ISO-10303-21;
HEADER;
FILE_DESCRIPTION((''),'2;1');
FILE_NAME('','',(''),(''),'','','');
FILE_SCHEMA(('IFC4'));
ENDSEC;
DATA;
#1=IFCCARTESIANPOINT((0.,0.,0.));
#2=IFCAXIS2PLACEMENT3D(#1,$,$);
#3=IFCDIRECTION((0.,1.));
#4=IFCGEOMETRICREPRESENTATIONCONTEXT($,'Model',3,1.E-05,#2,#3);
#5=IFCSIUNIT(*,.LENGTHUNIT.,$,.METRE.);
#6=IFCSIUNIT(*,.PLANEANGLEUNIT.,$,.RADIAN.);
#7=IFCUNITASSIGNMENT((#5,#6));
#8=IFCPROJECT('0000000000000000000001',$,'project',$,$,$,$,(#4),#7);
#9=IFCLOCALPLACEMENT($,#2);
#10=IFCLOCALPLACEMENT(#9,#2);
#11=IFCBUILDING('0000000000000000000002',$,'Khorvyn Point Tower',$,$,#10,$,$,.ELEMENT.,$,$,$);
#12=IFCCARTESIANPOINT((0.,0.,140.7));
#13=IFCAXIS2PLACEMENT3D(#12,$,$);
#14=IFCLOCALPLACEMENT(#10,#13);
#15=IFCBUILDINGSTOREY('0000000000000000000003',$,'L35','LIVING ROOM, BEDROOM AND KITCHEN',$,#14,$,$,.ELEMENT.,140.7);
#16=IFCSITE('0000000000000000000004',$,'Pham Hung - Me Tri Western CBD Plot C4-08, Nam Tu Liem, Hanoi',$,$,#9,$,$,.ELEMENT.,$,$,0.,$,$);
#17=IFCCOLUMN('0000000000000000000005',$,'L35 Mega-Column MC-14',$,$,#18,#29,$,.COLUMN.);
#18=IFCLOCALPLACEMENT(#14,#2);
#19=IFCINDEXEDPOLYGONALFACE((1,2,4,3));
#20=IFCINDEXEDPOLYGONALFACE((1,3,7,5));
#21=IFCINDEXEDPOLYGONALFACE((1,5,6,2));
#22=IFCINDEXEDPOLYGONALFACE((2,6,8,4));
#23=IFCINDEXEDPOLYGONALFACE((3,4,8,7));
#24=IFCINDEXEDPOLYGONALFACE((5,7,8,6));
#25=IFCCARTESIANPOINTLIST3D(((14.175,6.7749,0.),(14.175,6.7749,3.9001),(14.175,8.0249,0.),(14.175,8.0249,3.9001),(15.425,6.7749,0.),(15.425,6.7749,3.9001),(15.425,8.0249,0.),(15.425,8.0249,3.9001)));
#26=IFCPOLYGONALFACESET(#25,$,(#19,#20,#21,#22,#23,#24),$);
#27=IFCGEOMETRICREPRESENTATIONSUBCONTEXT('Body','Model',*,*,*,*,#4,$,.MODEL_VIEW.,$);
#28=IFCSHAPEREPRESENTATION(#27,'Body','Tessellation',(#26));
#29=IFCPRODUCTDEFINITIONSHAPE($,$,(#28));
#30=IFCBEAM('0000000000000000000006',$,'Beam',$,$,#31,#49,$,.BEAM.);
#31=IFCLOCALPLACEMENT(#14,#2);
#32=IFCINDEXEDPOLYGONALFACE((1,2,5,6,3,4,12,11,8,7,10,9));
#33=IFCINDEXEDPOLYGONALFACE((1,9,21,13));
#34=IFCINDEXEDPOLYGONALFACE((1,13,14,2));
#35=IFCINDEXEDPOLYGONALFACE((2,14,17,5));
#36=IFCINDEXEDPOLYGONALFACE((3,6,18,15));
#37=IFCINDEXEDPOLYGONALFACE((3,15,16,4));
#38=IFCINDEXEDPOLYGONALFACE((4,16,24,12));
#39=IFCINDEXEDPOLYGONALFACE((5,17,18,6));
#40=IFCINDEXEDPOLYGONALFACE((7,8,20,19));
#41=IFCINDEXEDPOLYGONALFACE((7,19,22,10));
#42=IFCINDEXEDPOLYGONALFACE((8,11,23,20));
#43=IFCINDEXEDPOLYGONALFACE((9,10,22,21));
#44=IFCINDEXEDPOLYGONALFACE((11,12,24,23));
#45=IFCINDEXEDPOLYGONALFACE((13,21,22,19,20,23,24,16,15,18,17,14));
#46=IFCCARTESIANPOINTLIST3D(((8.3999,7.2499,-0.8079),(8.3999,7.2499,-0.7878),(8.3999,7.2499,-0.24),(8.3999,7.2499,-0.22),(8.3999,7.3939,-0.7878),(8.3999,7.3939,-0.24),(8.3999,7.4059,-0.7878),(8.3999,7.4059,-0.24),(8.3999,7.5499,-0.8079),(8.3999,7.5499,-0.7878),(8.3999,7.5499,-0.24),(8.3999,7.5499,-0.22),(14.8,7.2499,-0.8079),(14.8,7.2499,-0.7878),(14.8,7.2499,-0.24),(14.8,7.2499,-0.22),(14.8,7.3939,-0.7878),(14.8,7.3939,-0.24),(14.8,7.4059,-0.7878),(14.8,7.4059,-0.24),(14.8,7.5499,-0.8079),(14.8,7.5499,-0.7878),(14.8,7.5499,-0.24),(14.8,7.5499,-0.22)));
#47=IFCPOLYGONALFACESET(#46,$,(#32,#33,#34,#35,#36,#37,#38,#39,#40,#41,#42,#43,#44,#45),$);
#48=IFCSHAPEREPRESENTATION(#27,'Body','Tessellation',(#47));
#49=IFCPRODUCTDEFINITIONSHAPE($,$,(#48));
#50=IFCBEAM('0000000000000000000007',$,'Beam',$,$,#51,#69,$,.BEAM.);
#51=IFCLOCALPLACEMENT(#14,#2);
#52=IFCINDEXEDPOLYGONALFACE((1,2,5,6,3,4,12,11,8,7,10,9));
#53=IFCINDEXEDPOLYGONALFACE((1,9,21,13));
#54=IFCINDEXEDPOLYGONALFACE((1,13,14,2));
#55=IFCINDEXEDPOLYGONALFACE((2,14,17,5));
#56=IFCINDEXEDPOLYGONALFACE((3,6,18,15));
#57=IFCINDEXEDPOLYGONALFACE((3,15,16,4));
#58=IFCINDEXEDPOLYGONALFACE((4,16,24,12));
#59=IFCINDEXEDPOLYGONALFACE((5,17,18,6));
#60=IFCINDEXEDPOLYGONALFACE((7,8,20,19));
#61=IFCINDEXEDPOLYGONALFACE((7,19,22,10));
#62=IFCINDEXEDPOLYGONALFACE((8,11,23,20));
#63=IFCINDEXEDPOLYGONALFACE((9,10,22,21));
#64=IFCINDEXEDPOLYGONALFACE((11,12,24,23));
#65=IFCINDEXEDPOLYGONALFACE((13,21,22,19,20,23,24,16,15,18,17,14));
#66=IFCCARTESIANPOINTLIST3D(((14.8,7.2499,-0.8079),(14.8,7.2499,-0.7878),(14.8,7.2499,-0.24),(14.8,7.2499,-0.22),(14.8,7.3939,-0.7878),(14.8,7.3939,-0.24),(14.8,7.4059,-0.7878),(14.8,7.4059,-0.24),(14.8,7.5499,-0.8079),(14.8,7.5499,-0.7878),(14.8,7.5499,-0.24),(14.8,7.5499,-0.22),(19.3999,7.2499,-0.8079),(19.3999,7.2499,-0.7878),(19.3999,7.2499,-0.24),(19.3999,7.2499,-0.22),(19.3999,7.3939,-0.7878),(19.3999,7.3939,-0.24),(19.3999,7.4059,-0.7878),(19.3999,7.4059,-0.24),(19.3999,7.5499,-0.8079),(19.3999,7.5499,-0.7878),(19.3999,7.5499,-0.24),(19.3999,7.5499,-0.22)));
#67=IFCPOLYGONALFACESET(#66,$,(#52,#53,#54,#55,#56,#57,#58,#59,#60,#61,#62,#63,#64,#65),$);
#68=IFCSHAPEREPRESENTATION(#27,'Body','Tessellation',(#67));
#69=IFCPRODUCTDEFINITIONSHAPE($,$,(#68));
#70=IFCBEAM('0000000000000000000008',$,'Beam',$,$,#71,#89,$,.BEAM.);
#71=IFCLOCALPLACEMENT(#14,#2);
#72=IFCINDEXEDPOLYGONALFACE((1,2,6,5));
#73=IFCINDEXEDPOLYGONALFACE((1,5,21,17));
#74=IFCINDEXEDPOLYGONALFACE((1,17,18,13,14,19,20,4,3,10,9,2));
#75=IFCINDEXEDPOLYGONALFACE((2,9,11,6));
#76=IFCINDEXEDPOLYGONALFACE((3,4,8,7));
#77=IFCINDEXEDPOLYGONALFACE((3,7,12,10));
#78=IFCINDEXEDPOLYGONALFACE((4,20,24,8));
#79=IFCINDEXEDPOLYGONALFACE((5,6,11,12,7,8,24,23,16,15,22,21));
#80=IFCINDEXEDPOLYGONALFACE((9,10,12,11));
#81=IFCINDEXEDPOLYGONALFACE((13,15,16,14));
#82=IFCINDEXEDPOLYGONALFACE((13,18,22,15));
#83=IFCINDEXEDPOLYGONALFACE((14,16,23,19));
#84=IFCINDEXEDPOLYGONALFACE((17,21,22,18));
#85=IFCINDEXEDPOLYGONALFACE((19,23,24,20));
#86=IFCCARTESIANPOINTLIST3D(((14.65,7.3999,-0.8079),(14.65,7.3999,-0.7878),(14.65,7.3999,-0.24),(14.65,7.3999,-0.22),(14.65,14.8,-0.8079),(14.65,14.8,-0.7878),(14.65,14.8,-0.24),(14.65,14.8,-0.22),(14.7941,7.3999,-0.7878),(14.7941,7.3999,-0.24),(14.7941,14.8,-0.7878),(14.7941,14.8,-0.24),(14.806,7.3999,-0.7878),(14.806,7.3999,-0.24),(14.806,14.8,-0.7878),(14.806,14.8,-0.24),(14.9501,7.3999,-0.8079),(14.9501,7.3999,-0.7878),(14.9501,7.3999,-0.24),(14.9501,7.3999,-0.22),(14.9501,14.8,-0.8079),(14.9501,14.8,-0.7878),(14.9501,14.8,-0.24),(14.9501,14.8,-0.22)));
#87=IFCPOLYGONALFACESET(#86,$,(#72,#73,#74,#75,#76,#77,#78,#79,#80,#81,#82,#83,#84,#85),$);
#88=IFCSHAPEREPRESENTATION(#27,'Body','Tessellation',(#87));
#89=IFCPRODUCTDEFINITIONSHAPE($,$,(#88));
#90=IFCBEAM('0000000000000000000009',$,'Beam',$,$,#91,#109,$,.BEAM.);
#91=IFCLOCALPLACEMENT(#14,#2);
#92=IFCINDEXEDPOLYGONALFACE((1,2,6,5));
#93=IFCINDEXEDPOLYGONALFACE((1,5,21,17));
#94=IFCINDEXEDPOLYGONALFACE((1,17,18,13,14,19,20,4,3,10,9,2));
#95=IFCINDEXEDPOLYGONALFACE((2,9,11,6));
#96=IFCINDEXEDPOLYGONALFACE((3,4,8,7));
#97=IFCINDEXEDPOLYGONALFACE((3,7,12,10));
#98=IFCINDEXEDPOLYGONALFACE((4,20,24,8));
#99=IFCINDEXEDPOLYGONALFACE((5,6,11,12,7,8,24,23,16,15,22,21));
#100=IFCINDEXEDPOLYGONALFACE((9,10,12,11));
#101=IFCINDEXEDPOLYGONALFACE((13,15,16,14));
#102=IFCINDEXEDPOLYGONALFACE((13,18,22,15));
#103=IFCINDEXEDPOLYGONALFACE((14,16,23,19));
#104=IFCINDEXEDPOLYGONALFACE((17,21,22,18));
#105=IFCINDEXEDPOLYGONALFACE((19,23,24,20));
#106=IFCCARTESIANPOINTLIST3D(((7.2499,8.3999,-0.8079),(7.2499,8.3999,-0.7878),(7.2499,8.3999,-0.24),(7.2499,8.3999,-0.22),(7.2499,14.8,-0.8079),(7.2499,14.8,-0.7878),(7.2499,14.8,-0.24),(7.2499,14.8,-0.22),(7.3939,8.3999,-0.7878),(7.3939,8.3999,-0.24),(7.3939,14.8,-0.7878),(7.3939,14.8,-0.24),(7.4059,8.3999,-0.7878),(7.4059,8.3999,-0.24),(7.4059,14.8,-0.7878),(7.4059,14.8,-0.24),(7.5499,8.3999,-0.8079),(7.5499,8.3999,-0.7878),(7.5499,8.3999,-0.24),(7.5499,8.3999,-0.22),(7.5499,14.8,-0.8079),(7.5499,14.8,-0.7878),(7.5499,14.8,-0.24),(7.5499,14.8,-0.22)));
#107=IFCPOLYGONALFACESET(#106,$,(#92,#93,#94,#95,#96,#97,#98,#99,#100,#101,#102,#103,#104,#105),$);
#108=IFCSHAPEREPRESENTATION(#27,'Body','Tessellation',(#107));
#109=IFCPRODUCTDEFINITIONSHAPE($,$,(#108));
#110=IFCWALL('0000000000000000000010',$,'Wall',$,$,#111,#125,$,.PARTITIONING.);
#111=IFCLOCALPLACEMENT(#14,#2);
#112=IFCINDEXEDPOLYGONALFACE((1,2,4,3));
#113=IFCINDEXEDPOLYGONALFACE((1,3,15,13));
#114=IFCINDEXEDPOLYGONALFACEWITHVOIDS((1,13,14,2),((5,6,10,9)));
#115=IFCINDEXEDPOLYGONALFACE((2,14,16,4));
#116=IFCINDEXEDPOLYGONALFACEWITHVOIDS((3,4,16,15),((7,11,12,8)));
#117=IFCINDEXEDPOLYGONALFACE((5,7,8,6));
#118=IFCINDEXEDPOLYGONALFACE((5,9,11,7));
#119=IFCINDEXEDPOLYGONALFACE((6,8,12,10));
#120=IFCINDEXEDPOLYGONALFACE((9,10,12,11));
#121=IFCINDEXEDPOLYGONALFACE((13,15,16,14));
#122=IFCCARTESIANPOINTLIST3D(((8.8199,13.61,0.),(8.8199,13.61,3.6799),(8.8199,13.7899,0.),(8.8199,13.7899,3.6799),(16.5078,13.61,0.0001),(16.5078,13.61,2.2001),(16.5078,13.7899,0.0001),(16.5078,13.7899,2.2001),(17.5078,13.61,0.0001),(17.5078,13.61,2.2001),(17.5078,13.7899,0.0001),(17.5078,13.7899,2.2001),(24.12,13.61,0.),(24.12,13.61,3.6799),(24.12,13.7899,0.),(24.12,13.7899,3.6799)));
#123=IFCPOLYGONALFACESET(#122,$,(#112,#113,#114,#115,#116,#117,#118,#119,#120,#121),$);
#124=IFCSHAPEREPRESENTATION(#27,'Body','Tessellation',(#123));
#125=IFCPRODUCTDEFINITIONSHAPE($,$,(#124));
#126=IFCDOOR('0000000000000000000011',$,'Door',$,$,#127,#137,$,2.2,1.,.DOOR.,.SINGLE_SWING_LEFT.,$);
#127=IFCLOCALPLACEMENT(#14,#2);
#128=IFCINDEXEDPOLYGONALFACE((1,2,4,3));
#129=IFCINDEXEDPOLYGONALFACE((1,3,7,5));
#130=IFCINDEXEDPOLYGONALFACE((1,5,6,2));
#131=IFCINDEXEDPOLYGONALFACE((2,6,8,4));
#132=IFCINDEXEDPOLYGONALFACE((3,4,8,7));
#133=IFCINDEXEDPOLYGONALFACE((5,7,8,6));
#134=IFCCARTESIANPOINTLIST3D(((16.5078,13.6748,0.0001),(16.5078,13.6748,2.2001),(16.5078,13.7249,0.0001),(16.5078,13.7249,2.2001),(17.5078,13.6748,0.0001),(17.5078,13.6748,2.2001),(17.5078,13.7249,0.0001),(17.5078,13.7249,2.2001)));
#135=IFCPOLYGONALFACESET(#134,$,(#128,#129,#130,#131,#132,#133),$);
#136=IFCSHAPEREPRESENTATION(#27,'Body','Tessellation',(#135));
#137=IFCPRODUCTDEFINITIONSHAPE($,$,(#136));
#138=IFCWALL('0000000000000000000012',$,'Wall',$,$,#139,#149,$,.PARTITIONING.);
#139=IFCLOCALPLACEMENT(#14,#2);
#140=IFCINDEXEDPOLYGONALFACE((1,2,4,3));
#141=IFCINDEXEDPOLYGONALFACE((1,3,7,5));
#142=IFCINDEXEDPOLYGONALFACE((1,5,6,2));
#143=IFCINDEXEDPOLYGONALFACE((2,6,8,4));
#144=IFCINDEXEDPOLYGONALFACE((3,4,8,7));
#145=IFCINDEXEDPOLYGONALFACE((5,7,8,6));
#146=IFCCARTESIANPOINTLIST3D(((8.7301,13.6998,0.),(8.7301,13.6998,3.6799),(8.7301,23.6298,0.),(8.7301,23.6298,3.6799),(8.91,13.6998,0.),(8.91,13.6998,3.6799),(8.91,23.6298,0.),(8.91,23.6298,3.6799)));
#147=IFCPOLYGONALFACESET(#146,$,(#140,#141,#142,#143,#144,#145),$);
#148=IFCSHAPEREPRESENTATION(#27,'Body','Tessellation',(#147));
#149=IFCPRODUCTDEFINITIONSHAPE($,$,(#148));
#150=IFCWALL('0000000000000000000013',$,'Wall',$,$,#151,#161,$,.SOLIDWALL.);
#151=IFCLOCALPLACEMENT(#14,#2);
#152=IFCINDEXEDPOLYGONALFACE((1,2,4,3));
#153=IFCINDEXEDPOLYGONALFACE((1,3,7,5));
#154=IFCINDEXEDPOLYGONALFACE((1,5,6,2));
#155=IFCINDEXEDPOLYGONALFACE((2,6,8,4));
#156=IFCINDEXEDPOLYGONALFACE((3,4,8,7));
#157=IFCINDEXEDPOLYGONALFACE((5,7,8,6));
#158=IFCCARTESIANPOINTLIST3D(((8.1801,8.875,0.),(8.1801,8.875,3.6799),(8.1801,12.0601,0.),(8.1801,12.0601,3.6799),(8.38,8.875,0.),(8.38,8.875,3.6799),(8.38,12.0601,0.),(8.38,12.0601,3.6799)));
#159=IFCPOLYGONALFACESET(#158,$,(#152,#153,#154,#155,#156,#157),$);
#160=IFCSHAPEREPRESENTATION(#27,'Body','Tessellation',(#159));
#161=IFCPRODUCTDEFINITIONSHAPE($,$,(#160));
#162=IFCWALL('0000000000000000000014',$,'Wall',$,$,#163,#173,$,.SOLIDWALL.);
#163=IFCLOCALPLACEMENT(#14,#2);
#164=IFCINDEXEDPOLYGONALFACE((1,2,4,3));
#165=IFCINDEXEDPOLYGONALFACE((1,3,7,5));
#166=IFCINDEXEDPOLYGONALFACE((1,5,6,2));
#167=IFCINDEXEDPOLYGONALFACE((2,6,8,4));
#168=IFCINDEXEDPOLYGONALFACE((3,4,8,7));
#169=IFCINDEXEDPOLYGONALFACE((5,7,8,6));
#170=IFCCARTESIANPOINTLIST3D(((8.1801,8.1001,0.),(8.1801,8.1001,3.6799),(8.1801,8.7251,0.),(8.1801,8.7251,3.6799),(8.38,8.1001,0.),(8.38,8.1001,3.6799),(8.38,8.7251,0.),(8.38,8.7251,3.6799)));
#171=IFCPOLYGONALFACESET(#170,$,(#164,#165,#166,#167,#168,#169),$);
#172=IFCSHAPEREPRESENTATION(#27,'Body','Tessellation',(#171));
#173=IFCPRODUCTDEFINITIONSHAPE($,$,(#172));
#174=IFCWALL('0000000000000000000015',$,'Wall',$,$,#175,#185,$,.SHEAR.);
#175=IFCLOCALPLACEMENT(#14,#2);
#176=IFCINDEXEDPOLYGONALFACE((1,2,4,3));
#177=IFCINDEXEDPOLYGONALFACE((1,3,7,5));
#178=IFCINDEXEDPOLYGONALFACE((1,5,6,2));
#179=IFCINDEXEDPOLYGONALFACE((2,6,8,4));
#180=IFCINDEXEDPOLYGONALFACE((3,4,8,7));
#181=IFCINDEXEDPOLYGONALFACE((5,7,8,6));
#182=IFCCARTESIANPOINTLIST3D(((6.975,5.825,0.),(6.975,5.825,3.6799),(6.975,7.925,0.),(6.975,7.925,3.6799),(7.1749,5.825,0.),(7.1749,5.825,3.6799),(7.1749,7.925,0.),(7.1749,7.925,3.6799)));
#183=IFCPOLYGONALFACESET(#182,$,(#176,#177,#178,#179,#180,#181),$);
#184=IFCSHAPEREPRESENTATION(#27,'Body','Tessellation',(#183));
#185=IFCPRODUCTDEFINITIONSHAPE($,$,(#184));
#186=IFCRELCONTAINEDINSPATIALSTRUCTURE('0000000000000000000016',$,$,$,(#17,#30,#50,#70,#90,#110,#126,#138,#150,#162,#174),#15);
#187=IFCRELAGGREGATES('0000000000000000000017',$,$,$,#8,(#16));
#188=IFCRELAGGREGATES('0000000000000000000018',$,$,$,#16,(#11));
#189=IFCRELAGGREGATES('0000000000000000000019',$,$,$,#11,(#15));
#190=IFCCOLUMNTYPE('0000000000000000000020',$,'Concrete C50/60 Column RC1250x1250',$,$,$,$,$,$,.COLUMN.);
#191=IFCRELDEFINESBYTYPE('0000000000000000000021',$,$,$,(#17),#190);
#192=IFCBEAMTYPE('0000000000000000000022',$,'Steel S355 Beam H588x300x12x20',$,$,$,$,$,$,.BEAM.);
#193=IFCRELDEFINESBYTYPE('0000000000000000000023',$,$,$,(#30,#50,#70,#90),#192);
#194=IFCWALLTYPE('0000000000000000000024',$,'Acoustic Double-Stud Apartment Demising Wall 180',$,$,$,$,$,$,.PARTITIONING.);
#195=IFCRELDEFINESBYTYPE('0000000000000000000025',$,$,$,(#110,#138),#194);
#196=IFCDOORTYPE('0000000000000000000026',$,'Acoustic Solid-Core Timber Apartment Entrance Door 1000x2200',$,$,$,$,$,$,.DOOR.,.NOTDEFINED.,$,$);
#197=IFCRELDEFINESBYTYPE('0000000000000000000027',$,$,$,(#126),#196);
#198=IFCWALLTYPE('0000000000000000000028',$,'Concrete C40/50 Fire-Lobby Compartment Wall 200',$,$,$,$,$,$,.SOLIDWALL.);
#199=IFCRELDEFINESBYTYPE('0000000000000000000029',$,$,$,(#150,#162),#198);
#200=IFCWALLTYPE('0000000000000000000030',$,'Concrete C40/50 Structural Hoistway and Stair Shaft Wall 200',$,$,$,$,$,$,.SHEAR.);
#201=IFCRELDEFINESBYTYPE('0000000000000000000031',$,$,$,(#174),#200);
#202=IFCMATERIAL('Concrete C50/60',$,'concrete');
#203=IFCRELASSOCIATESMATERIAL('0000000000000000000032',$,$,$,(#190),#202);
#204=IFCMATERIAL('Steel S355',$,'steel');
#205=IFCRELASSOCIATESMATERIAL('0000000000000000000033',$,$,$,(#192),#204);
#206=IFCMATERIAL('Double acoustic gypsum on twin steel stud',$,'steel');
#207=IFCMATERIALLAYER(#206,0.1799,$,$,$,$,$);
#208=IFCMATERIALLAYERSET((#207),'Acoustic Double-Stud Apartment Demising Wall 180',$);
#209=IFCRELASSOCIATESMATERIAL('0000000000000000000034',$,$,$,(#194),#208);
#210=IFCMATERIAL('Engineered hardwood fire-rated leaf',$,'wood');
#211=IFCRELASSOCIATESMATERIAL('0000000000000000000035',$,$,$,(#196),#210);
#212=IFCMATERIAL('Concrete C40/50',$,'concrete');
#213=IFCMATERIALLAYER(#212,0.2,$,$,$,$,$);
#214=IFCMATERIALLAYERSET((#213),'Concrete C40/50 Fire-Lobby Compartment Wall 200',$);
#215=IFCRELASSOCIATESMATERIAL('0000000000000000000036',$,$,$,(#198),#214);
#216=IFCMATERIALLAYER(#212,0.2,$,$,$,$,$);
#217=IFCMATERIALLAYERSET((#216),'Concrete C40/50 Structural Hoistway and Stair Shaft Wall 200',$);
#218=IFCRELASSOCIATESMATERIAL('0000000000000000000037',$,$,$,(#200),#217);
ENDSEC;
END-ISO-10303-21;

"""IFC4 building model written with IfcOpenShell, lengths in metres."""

from ifc_helpers import new_model, si_unit, direction, frame, frame_2d, origin, origin_2d, place, context, subcontext, project, spatial, rectangle, i_section, extrude, material, layer, layer_set, material_profile, profile_set, type_object, element, fill, save


model = new_model("IFC4")

# Units and contexts
model_context = context("Model", 3, precision=1e-05, world=origin(), true_north=direction((0.0, 1.0)))
body_context = subcontext(model_context, "Body", "Model", "MODEL_VIEW")
ifc_project = project(units=[si_unit("LENGTHUNIT", "METRE"), si_unit("PLANEANGLEUNIT", "RADIAN")], contexts=[model_context])

# Site, building, storey
site_placement = place(None, origin())
site = spatial("IfcSite", under=ifc_project, at=site_placement, Name="Pham Hung - Me Tri Western CBD Plot C4-08, Nam Tu Liem, Hanoi", CompositionType="ELEMENT", RefElevation=0.0)
building_placement = place(site_placement, origin())
building = spatial("IfcBuilding", under=site, at=building_placement, Name="Khorvyn Point Tower", CompositionType="ELEMENT")
storey_placement = place(building_placement, frame((0.0, 0.0, 140.7)))
storey = spatial("IfcBuildingStorey", under=building, at=storey_placement, Name="L35", Description="LIVING ROOM, BEDROOM AND KITCHEN", CompositionType="ELEMENT", Elevation=140.7)

# Column
ifc_material_1 = material(Name="Concrete C50/60", Category="concrete")
ifc_material_profile_1 = material_profile(ifc_material_1, rectangle(XDim=1.25, YDim=1.25, at=origin_2d()))
ifc_profile_set_1 = profile_set([ifc_material_profile_1], Name="Concrete C50/60 RC1250x1250")
column_type = type_object("IfcColumnType", Name="Concrete C50/60 Column RC1250x1250", PredefinedType="COLUMN", material=ifc_profile_set_1)
column_placement = place(storey_placement, frame((14.8, 7.3999, 0.0), z_axis=(0.0, 0.0, 1.0), x_axis=(1.0, 0.0, 0.0)))
element("IfcColumn", 1, at=column_placement, inside=storey, type_object=column_type, Name="L35 Mega-Column MC-14", PredefinedType="COLUMN", context=body_context, shape_type="SweptSolid", body=[
    extrude(rectangle(XDim=1.25, YDim=1.25, at=origin_2d()), origin(), (0.0, 0.0, 1.0), 3.9001),
])

# Beams
ifc_material_2 = material(Name="Steel S355", Category="steel")
ifc_material_profile_2 = material_profile(ifc_material_2, i_section(OverallWidth=0.3, OverallDepth=0.5879, WebThickness=0.012, FlangeThickness=0.02, at=origin_2d()))
ifc_profile_set_2 = profile_set([ifc_material_profile_2], Name="Steel S355 H588x300x12x20")
beam_type = type_object("IfcBeamType", Name="Steel S355 Beam H588x300x12x20", PredefinedType="BEAM", material=ifc_profile_set_2)
beam_1_placement = place(storey_placement, frame((8.3999, 7.3999, -0.5139), z_axis=(1.0, 0.0, 0.0), x_axis=(0.0, 1.0, 0.0)))
element("IfcBeam", 2, at=beam_1_placement, inside=storey, type_object=beam_type, Name="Beam", PredefinedType="BEAM", context=body_context, shape_type="SweptSolid", body=[
    extrude(i_section(OverallWidth=0.3, OverallDepth=0.5879, WebThickness=0.012, FlangeThickness=0.02, at=origin_2d()), origin(), (0.0, 0.0, 1.0), 6.4001),
])
beam_2_placement = place(storey_placement, frame((14.8, 7.3999, -0.5139), z_axis=(1.0, 0.0, 0.0), x_axis=(0.0, 1.0, 0.0)))
element("IfcBeam", 3, at=beam_2_placement, inside=storey, type_object=beam_type, Name="Beam", PredefinedType="BEAM", context=body_context, shape_type="SweptSolid", body=[
    extrude(i_section(OverallWidth=0.3, OverallDepth=0.5879, WebThickness=0.012, FlangeThickness=0.02, at=origin_2d()), origin(), (0.0, 0.0, 1.0), 4.5999),
])
beam_3_placement = place(storey_placement, frame((14.8, 7.3999, -0.5139), z_axis=(0.0, 1.0, 0.0), x_axis=(-1.0, 0.0, 0.0)))
element("IfcBeam", 4, at=beam_3_placement, inside=storey, type_object=beam_type, Name="Beam", PredefinedType="BEAM", context=body_context, shape_type="SweptSolid", body=[
    extrude(i_section(OverallWidth=0.3, OverallDepth=0.5879, WebThickness=0.012, FlangeThickness=0.02, at=origin_2d()), origin(), (0.0, 0.0, 1.0), 7.4001),
])
beam_4_placement = place(storey_placement, frame((7.3999, 8.3999, -0.5139), z_axis=(0.0, 1.0, 0.0), x_axis=(-1.0, 0.0, 0.0)))
element("IfcBeam", 5, at=beam_4_placement, inside=storey, type_object=beam_type, Name="Beam", PredefinedType="BEAM", context=body_context, shape_type="SweptSolid", body=[
    extrude(i_section(OverallWidth=0.3, OverallDepth=0.5879, WebThickness=0.012, FlangeThickness=0.02, at=origin_2d()), origin(), (0.0, 0.0, 1.0), 6.4001),
])

# Wall, opening, door
ifc_material_3 = material(Name="Double acoustic gypsum on twin steel stud", Category="steel")
ifc_layer_1 = layer(ifc_material_3, 0.1799)
ifc_layer_set_1 = layer_set([ifc_layer_1], Name="Acoustic Double-Stud Apartment Demising Wall 180")
wall_type_1 = type_object("IfcWallType", Name="Acoustic Double-Stud Apartment Demising Wall 180", PredefinedType="PARTITIONING", material=ifc_layer_set_1)
wall_1_placement = place(storey_placement, frame((8.8201, 13.7, 0.0), z_axis=(0.0, 0.0, 1.0), x_axis=(1.0, 0.0, 0.0)))
wall_1 = element("IfcWall", 6, at=wall_1_placement, inside=storey, type_object=wall_type_1, Name="Wall", PredefinedType="PARTITIONING", context=body_context, shape_type="SweptSolid", body=[
    extrude(rectangle(XDim=15.3, YDim=0.1799, at=frame_2d((7.6499, 0.0))), origin(), (0.0, 0.0, 1.0), 3.6799),
])
opening_1_placement = place(wall_1_placement, frame((7.6877, 0.0, 0.0)))
opening_1 = element("IfcOpeningElement", 7, at=opening_1_placement, cuts=wall_1, PredefinedType="OPENING", context=body_context, shape_type="SweptSolid", body=[
    extrude(rectangle(XDim=1.0, YDim=2.2, at=frame_2d((0.5, 1.1001))), frame((0.0, 0.0999, 0.0), z_axis=(0.0, -1.0, 0.0), x_axis=(1.0, 0.0, 0.0)), (0.0, 0.0, 1.0), 0.2),
])
ifc_material_4 = material(Name="Engineered hardwood fire-rated leaf", Category="wood")
door_type_1 = type_object("IfcDoorType", Name="Acoustic Solid-Core Timber Apartment Entrance Door 1000x2200", OperationType="NOTDEFINED", PredefinedType="DOOR", material=ifc_material_4)
door_1_placement = place(opening_1_placement, origin())
door_1 = element("IfcDoor", 8, at=door_1_placement, inside=storey, type_object=door_type_1, Name="Door", OperationType="SINGLE_SWING_LEFT", OverallHeight=2.2, OverallWidth=1.0, PredefinedType="DOOR", context=body_context, shape_type="SweptSolid", body=[
    extrude(rectangle(XDim=1.0, YDim=2.2, at=frame_2d((0.5, 1.1001))), frame((0.0, 0.0249, 0.0), z_axis=(0.0, -1.0, 0.0), x_axis=(1.0, 0.0, 0.0)), (0.0, 0.0, 1.0), 0.05),
])
fill(opening_1, door_1)

# Walls
wall_2_placement = place(storey_placement, frame((8.8201, 13.7, 0.0), z_axis=(0.0, 0.0, 1.0), x_axis=(0.0, 1.0, 0.0)))
element("IfcWall", 9, at=wall_2_placement, inside=storey, type_object=wall_type_1, Name="Wall", PredefinedType="PARTITIONING", context=body_context, shape_type="SweptSolid", body=[
    extrude(rectangle(XDim=9.9299, YDim=0.1799, at=frame_2d((4.9648, 0.0))), origin(), (0.0, 0.0, 1.0), 3.6799),
])
ifc_material_5 = material(Name="Concrete C40/50", Category="concrete")
ifc_layer_2 = layer(ifc_material_5, 0.2)
ifc_layer_set_2 = layer_set([ifc_layer_2], Name="Concrete C40/50 Fire-Lobby Compartment Wall 200")
wall_type_2 = type_object("IfcWallType", Name="Concrete C40/50 Fire-Lobby Compartment Wall 200", PredefinedType="SOLIDWALL", material=ifc_layer_set_2)
wall_3_placement = place(storey_placement, frame((8.28, 8.875, 0.0), z_axis=(0.0, 0.0, 1.0), x_axis=(0.0, 1.0, 0.0)))
element("IfcWall", 10, at=wall_3_placement, inside=storey, type_object=wall_type_2, Name="Wall", PredefinedType="SOLIDWALL", context=body_context, shape_type="SweptSolid", body=[
    extrude(rectangle(XDim=3.1851, YDim=0.2, at=frame_2d((1.5925, 0.0))), origin(), (0.0, 0.0, 1.0), 3.6799),
])
wall_4_placement = place(storey_placement, frame((8.28, 8.1001, 0.0), z_axis=(0.0, 0.0, 1.0), x_axis=(0.0, 1.0, 0.0)))
element("IfcWall", 11, at=wall_4_placement, inside=storey, type_object=wall_type_2, Name="Wall", PredefinedType="SOLIDWALL", context=body_context, shape_type="SweptSolid", body=[
    extrude(rectangle(XDim=0.625, YDim=0.2, at=frame_2d((0.3125, 0.0))), origin(), (0.0, 0.0, 1.0), 3.6799),
])
ifc_layer_3 = layer(ifc_material_5, 0.2)
ifc_layer_set_3 = layer_set([ifc_layer_3], Name="Concrete C40/50 Structural Hoistway and Stair Shaft Wall 200")
wall_type_3 = type_object("IfcWallType", Name="Concrete C40/50 Structural Hoistway and Stair Shaft Wall 200", PredefinedType="SHEAR", material=ifc_layer_set_3)
wall_5_placement = place(storey_placement, frame((7.075, 5.825, 0.0), z_axis=(0.0, 0.0, 1.0), x_axis=(0.0, 1.0, 0.0)))
element("IfcWall", 12, at=wall_5_placement, inside=storey, type_object=wall_type_3, Name="Wall", PredefinedType="SHEAR", context=body_context, shape_type="SweptSolid", body=[
    extrude(rectangle(XDim=2.1001, YDim=0.2, at=frame_2d((1.05, 0.0))), origin(), (0.0, 0.0, 1.0), 3.6799),
])

save(model, "model.ifc")
